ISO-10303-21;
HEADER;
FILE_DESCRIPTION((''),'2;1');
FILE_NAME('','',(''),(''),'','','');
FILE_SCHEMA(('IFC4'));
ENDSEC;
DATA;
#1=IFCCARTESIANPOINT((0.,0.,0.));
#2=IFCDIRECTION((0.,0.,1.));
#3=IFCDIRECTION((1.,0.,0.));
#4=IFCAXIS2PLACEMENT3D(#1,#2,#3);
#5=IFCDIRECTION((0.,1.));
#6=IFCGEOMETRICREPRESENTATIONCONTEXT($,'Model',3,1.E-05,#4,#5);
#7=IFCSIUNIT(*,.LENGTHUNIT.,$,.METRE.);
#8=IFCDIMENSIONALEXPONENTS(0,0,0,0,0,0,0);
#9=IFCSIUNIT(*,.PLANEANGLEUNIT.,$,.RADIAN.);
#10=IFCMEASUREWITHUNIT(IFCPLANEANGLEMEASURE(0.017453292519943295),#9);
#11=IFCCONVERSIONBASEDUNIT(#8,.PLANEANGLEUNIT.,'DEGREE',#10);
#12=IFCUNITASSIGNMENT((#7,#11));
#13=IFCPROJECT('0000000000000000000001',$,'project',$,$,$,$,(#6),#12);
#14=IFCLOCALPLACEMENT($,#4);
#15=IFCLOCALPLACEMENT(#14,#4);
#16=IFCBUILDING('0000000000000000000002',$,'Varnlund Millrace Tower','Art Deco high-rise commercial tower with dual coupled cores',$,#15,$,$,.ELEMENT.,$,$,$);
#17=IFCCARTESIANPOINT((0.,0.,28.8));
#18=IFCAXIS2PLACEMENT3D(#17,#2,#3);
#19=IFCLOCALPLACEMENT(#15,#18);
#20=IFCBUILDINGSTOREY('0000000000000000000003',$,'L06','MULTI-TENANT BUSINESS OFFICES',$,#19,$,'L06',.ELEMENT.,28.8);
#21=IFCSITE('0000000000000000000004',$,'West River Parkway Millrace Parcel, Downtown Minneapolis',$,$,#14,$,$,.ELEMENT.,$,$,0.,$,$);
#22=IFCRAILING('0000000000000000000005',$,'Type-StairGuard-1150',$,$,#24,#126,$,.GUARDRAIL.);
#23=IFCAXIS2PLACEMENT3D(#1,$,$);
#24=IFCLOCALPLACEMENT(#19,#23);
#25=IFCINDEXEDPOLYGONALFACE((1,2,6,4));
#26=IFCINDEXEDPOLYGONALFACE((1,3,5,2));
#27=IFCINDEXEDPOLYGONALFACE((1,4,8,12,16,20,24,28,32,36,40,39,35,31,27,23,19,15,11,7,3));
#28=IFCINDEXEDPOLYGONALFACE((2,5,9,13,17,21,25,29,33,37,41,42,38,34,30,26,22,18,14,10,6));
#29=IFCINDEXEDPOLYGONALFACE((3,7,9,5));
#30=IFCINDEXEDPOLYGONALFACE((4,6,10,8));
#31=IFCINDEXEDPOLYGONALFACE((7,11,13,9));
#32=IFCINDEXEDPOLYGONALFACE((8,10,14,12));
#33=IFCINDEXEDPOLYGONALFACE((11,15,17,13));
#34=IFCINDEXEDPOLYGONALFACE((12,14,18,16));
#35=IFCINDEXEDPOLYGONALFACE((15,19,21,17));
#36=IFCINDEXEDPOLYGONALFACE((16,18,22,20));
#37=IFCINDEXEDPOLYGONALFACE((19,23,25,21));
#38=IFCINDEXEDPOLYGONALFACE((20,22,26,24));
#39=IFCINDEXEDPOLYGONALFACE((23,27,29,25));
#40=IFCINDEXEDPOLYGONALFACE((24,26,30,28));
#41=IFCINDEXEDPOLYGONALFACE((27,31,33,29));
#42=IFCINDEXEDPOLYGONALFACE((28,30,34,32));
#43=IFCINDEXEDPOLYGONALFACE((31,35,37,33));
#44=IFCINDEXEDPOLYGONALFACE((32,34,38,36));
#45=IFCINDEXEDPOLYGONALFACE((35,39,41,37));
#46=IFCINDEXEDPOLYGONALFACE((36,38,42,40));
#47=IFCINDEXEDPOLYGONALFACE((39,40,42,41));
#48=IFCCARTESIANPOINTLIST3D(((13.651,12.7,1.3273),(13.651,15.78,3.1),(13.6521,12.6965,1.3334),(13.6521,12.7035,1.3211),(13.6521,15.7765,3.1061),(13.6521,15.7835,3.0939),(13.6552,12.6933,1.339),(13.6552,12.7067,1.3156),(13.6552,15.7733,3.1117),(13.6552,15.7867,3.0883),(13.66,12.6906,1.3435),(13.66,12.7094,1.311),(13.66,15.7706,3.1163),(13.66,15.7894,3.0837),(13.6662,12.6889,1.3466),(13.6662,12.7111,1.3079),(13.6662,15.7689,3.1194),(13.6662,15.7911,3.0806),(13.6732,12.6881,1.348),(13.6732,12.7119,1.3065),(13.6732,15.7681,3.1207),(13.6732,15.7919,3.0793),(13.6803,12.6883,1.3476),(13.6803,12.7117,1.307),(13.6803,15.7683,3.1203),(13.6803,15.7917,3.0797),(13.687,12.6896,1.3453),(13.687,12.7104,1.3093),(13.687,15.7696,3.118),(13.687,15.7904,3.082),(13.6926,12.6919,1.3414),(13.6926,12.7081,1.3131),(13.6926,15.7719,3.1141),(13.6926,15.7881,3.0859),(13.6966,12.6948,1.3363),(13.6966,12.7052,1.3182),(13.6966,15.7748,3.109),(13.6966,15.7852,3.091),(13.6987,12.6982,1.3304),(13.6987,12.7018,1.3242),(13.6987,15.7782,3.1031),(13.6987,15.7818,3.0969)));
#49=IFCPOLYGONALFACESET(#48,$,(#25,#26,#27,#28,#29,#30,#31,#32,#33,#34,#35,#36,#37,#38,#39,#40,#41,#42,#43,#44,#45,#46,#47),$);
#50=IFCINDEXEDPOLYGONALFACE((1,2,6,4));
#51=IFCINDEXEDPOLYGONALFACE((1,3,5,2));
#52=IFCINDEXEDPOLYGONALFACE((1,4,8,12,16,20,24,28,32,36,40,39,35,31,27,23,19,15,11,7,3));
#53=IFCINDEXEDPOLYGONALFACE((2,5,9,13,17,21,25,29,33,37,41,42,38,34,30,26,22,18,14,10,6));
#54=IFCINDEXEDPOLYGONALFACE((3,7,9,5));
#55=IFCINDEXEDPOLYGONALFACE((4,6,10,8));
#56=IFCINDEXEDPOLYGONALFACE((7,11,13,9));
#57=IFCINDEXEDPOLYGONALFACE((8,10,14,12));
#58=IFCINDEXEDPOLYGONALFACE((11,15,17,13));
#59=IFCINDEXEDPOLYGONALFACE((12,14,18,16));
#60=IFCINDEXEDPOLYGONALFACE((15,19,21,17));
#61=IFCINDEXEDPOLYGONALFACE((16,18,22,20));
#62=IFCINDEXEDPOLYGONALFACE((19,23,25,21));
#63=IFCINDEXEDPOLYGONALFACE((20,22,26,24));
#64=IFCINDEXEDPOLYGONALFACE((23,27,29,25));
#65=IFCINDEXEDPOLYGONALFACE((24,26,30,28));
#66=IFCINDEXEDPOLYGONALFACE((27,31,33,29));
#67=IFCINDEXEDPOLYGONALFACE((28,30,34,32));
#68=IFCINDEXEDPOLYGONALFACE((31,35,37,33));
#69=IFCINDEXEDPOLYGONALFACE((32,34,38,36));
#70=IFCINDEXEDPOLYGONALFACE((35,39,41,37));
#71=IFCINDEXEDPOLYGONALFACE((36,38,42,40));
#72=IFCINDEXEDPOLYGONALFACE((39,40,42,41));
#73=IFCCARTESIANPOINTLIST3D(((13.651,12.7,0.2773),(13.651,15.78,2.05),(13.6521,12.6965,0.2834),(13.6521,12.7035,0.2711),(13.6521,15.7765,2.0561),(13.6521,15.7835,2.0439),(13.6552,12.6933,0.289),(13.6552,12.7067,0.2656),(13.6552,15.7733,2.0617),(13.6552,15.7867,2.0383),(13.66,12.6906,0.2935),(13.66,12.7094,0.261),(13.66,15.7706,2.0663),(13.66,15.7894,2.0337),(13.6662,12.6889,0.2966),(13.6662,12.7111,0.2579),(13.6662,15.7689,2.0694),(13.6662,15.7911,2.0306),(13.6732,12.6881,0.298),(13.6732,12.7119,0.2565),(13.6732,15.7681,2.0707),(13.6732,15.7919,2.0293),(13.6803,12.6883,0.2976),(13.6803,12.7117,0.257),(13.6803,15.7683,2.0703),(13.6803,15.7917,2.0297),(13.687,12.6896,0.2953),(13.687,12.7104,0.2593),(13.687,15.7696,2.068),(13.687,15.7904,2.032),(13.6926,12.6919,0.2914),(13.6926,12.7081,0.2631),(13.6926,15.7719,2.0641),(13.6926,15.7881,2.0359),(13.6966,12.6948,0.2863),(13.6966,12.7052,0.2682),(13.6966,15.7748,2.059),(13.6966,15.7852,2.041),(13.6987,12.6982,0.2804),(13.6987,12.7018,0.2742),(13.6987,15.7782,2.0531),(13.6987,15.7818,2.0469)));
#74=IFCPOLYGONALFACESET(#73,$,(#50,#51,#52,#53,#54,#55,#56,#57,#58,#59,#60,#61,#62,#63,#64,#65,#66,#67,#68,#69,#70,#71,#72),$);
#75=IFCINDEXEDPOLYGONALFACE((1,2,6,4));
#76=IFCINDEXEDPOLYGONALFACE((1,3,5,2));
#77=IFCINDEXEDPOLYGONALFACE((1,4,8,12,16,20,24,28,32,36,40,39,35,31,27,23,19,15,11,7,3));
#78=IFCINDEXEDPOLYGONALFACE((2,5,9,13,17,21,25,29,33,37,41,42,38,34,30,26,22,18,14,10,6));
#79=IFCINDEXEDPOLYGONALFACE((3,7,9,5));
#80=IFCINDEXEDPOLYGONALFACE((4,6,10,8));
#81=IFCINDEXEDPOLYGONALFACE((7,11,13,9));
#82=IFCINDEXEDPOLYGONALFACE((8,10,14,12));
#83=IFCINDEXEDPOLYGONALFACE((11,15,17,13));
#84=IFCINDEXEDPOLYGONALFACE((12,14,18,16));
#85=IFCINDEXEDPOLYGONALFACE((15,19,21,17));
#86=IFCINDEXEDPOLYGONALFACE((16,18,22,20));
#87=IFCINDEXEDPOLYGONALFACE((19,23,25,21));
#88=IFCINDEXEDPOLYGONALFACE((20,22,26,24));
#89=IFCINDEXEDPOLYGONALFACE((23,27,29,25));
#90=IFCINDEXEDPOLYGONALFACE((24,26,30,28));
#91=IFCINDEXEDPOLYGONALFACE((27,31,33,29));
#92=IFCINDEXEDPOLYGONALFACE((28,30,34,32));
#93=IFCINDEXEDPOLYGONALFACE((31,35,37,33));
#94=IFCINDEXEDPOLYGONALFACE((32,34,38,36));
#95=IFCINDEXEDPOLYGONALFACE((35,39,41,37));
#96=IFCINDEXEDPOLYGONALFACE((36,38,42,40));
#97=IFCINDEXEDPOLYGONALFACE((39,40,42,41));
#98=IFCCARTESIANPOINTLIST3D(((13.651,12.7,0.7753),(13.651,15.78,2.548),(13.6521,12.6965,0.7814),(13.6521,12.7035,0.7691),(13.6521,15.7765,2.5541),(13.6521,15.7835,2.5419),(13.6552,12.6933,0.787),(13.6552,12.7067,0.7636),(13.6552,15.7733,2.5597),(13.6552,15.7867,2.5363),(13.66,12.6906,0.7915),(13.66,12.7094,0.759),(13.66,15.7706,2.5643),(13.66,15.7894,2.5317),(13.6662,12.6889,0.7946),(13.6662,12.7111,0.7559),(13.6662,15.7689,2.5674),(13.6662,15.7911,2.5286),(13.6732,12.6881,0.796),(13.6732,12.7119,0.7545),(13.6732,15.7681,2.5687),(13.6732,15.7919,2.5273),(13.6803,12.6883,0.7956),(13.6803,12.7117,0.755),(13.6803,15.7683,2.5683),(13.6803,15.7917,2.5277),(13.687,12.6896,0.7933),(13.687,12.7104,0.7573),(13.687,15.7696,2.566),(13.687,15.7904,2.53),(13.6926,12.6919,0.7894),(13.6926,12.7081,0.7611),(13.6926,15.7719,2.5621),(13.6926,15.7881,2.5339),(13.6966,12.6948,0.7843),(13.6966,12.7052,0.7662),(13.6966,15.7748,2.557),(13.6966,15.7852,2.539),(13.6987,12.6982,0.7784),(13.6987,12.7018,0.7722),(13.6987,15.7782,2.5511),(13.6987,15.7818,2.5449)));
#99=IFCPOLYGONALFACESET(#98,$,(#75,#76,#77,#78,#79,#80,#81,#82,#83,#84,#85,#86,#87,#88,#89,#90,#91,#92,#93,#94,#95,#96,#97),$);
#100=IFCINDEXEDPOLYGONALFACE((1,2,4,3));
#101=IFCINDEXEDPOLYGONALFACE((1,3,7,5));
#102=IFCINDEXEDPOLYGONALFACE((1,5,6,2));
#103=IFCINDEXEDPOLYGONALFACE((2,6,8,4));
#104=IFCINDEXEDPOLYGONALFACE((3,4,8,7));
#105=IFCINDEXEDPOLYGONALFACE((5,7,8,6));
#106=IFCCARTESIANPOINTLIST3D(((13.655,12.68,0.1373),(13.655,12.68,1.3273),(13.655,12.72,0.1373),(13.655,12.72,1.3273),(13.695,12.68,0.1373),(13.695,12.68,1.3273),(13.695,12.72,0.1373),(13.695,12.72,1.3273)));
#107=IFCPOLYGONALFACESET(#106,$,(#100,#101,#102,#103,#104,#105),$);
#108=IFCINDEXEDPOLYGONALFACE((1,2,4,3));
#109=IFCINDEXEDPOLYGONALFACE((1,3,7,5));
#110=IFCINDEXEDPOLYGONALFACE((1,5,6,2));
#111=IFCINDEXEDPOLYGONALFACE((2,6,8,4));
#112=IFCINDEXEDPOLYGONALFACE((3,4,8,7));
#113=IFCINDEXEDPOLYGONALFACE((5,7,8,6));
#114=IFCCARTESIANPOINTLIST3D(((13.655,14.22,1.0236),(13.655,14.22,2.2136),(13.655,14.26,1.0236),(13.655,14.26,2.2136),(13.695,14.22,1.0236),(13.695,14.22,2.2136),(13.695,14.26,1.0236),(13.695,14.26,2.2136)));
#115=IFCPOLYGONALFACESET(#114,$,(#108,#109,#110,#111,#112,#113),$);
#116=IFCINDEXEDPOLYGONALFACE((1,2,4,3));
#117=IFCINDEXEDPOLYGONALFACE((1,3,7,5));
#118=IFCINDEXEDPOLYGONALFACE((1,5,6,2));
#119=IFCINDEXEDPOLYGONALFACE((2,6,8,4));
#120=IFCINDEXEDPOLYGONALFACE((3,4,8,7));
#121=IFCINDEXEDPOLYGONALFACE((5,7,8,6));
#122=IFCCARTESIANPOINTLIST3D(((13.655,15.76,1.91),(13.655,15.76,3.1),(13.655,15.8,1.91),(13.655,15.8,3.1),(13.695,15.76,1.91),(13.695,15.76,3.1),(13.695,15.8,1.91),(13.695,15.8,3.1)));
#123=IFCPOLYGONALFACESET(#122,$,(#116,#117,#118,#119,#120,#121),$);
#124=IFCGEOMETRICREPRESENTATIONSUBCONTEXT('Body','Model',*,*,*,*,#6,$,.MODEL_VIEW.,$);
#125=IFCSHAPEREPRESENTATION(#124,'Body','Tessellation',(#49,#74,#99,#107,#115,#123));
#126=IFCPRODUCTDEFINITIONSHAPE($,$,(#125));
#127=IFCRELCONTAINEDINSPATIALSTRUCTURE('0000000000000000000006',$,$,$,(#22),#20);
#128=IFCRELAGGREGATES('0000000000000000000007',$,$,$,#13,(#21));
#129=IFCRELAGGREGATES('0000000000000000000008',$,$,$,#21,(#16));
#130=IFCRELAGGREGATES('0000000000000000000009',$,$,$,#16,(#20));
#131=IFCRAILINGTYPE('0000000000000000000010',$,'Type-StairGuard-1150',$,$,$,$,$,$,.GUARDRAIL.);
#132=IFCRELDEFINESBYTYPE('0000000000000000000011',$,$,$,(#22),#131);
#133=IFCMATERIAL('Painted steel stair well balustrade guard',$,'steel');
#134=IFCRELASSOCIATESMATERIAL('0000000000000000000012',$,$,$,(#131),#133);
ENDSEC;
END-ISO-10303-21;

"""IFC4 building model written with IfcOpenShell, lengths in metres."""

from ifc_helpers import new_model, entity, si_unit, converted_unit, direction, frame, origin_with_axes, origin_2d_with_axis, place, context, subcontext, project, spatial, rectangle, circle, extrude, material, type_object, element, save


model = new_model("IFC4")

# Units and contexts
model_context = context("Model", 3, precision=1e-05, world=origin_with_axes(), true_north=direction((0.0, 1.0)))
body_context = subcontext(model_context, "Body", "Model", "MODEL_VIEW")
ifc_project = project(units=[si_unit("LENGTHUNIT", "METRE"), converted_unit("PLANEANGLEUNIT", "DEGREE", entity("IfcPlaneAngleMeasure", 0.017453292519943295), si_unit("PLANEANGLEUNIT", "RADIAN"), dimensions=[0, 0, 0, 0, 0, 0, 0])], contexts=[model_context])

# Site, building, storey
site_placement = place(None, origin_with_axes())
site = spatial("IfcSite", under=ifc_project, at=site_placement, Name="West River Parkway Millrace Parcel, Downtown Minneapolis", CompositionType="ELEMENT", RefElevation=0.0)
building_placement = place(site_placement, origin_with_axes())
building = spatial("IfcBuilding", under=site, at=building_placement, Name="Varnlund Millrace Tower", Description="Art Deco high-rise commercial tower with dual coupled cores", CompositionType="ELEMENT")
storey_placement = place(building_placement, frame((0.0, 0.0, 28.8), z_axis=(0.0, 0.0, 1.0), x_axis=(1.0, 0.0, 0.0)))
storey = spatial("IfcBuildingStorey", under=building, at=storey_placement, Name="L06", Description="MULTI-TENANT BUSINESS OFFICES", LongName="L06", CompositionType="ELEMENT", Elevation=28.8)

# Railing
ifc_material_1 = material(Name="Painted steel stair well balustrade guard", Category="steel")
railing_type_1 = type_object("IfcRailingType", Name="Type-StairGuard-1150", PredefinedType="GUARDRAIL", material=ifc_material_1)
railing_1_placement = place(storey_placement, frame((0.0, 0.0, -28.8), z_axis=(0.0, 0.0, 1.0), x_axis=(1.0, 0.0, 0.0)))
element("IfcRailing", 1, at=railing_1_placement, inside=storey, type_object=railing_type_1, Name="Type-StairGuard-1150", PredefinedType="GUARDRAIL", context=body_context, shape_type="SweptSolid", body=[
    extrude(circle(Radius=0.024, at=origin_2d_with_axis()), frame((13.675, 12.7, 30.1273), z_axis=(0.0, 0.866696, 0.498836), x_axis=(-1.0, 0.0, 0.0)), (0.0, 0.0, 1.0), 3.5537),
    extrude(circle(Radius=0.024, at=origin_2d_with_axis()), frame((13.675, 12.7, 29.0773), z_axis=(0.0, 0.866696, 0.498836), x_axis=(-1.0, 0.0, 0.0)), (0.0, 0.0, 1.0), 3.5537),
    extrude(circle(Radius=0.024, at=origin_2d_with_axis()), frame((13.675, 12.7, 29.5753), z_axis=(0.0, 0.866696, 0.498836), x_axis=(-1.0, 0.0, 0.0)), (0.0, 0.0, 1.0), 3.5537),
    extrude(rectangle(XDim=0.04, YDim=0.04, at=origin_2d_with_axis()), frame((13.675, 12.7, 28.9373), z_axis=(0.0, 0.0, 1.0), x_axis=(1.0, 0.0, 0.0)), (0.0, 0.0, 1.0), 1.19),
    extrude(rectangle(XDim=0.04, YDim=0.04, at=origin_2d_with_axis()), frame((13.675, 14.24, 29.8236), z_axis=(0.0, 0.0, 1.0), x_axis=(1.0, 0.0, 0.0)), (0.0, 0.0, 1.0), 1.19),
    extrude(rectangle(XDim=0.04, YDim=0.04, at=origin_2d_with_axis()), frame((13.675, 15.78, 30.71), z_axis=(0.0, 0.0, 1.0), x_axis=(1.0, 0.0, 0.0)), (0.0, 0.0, 1.0), 1.19),
])

save(model, "model.ifc")
